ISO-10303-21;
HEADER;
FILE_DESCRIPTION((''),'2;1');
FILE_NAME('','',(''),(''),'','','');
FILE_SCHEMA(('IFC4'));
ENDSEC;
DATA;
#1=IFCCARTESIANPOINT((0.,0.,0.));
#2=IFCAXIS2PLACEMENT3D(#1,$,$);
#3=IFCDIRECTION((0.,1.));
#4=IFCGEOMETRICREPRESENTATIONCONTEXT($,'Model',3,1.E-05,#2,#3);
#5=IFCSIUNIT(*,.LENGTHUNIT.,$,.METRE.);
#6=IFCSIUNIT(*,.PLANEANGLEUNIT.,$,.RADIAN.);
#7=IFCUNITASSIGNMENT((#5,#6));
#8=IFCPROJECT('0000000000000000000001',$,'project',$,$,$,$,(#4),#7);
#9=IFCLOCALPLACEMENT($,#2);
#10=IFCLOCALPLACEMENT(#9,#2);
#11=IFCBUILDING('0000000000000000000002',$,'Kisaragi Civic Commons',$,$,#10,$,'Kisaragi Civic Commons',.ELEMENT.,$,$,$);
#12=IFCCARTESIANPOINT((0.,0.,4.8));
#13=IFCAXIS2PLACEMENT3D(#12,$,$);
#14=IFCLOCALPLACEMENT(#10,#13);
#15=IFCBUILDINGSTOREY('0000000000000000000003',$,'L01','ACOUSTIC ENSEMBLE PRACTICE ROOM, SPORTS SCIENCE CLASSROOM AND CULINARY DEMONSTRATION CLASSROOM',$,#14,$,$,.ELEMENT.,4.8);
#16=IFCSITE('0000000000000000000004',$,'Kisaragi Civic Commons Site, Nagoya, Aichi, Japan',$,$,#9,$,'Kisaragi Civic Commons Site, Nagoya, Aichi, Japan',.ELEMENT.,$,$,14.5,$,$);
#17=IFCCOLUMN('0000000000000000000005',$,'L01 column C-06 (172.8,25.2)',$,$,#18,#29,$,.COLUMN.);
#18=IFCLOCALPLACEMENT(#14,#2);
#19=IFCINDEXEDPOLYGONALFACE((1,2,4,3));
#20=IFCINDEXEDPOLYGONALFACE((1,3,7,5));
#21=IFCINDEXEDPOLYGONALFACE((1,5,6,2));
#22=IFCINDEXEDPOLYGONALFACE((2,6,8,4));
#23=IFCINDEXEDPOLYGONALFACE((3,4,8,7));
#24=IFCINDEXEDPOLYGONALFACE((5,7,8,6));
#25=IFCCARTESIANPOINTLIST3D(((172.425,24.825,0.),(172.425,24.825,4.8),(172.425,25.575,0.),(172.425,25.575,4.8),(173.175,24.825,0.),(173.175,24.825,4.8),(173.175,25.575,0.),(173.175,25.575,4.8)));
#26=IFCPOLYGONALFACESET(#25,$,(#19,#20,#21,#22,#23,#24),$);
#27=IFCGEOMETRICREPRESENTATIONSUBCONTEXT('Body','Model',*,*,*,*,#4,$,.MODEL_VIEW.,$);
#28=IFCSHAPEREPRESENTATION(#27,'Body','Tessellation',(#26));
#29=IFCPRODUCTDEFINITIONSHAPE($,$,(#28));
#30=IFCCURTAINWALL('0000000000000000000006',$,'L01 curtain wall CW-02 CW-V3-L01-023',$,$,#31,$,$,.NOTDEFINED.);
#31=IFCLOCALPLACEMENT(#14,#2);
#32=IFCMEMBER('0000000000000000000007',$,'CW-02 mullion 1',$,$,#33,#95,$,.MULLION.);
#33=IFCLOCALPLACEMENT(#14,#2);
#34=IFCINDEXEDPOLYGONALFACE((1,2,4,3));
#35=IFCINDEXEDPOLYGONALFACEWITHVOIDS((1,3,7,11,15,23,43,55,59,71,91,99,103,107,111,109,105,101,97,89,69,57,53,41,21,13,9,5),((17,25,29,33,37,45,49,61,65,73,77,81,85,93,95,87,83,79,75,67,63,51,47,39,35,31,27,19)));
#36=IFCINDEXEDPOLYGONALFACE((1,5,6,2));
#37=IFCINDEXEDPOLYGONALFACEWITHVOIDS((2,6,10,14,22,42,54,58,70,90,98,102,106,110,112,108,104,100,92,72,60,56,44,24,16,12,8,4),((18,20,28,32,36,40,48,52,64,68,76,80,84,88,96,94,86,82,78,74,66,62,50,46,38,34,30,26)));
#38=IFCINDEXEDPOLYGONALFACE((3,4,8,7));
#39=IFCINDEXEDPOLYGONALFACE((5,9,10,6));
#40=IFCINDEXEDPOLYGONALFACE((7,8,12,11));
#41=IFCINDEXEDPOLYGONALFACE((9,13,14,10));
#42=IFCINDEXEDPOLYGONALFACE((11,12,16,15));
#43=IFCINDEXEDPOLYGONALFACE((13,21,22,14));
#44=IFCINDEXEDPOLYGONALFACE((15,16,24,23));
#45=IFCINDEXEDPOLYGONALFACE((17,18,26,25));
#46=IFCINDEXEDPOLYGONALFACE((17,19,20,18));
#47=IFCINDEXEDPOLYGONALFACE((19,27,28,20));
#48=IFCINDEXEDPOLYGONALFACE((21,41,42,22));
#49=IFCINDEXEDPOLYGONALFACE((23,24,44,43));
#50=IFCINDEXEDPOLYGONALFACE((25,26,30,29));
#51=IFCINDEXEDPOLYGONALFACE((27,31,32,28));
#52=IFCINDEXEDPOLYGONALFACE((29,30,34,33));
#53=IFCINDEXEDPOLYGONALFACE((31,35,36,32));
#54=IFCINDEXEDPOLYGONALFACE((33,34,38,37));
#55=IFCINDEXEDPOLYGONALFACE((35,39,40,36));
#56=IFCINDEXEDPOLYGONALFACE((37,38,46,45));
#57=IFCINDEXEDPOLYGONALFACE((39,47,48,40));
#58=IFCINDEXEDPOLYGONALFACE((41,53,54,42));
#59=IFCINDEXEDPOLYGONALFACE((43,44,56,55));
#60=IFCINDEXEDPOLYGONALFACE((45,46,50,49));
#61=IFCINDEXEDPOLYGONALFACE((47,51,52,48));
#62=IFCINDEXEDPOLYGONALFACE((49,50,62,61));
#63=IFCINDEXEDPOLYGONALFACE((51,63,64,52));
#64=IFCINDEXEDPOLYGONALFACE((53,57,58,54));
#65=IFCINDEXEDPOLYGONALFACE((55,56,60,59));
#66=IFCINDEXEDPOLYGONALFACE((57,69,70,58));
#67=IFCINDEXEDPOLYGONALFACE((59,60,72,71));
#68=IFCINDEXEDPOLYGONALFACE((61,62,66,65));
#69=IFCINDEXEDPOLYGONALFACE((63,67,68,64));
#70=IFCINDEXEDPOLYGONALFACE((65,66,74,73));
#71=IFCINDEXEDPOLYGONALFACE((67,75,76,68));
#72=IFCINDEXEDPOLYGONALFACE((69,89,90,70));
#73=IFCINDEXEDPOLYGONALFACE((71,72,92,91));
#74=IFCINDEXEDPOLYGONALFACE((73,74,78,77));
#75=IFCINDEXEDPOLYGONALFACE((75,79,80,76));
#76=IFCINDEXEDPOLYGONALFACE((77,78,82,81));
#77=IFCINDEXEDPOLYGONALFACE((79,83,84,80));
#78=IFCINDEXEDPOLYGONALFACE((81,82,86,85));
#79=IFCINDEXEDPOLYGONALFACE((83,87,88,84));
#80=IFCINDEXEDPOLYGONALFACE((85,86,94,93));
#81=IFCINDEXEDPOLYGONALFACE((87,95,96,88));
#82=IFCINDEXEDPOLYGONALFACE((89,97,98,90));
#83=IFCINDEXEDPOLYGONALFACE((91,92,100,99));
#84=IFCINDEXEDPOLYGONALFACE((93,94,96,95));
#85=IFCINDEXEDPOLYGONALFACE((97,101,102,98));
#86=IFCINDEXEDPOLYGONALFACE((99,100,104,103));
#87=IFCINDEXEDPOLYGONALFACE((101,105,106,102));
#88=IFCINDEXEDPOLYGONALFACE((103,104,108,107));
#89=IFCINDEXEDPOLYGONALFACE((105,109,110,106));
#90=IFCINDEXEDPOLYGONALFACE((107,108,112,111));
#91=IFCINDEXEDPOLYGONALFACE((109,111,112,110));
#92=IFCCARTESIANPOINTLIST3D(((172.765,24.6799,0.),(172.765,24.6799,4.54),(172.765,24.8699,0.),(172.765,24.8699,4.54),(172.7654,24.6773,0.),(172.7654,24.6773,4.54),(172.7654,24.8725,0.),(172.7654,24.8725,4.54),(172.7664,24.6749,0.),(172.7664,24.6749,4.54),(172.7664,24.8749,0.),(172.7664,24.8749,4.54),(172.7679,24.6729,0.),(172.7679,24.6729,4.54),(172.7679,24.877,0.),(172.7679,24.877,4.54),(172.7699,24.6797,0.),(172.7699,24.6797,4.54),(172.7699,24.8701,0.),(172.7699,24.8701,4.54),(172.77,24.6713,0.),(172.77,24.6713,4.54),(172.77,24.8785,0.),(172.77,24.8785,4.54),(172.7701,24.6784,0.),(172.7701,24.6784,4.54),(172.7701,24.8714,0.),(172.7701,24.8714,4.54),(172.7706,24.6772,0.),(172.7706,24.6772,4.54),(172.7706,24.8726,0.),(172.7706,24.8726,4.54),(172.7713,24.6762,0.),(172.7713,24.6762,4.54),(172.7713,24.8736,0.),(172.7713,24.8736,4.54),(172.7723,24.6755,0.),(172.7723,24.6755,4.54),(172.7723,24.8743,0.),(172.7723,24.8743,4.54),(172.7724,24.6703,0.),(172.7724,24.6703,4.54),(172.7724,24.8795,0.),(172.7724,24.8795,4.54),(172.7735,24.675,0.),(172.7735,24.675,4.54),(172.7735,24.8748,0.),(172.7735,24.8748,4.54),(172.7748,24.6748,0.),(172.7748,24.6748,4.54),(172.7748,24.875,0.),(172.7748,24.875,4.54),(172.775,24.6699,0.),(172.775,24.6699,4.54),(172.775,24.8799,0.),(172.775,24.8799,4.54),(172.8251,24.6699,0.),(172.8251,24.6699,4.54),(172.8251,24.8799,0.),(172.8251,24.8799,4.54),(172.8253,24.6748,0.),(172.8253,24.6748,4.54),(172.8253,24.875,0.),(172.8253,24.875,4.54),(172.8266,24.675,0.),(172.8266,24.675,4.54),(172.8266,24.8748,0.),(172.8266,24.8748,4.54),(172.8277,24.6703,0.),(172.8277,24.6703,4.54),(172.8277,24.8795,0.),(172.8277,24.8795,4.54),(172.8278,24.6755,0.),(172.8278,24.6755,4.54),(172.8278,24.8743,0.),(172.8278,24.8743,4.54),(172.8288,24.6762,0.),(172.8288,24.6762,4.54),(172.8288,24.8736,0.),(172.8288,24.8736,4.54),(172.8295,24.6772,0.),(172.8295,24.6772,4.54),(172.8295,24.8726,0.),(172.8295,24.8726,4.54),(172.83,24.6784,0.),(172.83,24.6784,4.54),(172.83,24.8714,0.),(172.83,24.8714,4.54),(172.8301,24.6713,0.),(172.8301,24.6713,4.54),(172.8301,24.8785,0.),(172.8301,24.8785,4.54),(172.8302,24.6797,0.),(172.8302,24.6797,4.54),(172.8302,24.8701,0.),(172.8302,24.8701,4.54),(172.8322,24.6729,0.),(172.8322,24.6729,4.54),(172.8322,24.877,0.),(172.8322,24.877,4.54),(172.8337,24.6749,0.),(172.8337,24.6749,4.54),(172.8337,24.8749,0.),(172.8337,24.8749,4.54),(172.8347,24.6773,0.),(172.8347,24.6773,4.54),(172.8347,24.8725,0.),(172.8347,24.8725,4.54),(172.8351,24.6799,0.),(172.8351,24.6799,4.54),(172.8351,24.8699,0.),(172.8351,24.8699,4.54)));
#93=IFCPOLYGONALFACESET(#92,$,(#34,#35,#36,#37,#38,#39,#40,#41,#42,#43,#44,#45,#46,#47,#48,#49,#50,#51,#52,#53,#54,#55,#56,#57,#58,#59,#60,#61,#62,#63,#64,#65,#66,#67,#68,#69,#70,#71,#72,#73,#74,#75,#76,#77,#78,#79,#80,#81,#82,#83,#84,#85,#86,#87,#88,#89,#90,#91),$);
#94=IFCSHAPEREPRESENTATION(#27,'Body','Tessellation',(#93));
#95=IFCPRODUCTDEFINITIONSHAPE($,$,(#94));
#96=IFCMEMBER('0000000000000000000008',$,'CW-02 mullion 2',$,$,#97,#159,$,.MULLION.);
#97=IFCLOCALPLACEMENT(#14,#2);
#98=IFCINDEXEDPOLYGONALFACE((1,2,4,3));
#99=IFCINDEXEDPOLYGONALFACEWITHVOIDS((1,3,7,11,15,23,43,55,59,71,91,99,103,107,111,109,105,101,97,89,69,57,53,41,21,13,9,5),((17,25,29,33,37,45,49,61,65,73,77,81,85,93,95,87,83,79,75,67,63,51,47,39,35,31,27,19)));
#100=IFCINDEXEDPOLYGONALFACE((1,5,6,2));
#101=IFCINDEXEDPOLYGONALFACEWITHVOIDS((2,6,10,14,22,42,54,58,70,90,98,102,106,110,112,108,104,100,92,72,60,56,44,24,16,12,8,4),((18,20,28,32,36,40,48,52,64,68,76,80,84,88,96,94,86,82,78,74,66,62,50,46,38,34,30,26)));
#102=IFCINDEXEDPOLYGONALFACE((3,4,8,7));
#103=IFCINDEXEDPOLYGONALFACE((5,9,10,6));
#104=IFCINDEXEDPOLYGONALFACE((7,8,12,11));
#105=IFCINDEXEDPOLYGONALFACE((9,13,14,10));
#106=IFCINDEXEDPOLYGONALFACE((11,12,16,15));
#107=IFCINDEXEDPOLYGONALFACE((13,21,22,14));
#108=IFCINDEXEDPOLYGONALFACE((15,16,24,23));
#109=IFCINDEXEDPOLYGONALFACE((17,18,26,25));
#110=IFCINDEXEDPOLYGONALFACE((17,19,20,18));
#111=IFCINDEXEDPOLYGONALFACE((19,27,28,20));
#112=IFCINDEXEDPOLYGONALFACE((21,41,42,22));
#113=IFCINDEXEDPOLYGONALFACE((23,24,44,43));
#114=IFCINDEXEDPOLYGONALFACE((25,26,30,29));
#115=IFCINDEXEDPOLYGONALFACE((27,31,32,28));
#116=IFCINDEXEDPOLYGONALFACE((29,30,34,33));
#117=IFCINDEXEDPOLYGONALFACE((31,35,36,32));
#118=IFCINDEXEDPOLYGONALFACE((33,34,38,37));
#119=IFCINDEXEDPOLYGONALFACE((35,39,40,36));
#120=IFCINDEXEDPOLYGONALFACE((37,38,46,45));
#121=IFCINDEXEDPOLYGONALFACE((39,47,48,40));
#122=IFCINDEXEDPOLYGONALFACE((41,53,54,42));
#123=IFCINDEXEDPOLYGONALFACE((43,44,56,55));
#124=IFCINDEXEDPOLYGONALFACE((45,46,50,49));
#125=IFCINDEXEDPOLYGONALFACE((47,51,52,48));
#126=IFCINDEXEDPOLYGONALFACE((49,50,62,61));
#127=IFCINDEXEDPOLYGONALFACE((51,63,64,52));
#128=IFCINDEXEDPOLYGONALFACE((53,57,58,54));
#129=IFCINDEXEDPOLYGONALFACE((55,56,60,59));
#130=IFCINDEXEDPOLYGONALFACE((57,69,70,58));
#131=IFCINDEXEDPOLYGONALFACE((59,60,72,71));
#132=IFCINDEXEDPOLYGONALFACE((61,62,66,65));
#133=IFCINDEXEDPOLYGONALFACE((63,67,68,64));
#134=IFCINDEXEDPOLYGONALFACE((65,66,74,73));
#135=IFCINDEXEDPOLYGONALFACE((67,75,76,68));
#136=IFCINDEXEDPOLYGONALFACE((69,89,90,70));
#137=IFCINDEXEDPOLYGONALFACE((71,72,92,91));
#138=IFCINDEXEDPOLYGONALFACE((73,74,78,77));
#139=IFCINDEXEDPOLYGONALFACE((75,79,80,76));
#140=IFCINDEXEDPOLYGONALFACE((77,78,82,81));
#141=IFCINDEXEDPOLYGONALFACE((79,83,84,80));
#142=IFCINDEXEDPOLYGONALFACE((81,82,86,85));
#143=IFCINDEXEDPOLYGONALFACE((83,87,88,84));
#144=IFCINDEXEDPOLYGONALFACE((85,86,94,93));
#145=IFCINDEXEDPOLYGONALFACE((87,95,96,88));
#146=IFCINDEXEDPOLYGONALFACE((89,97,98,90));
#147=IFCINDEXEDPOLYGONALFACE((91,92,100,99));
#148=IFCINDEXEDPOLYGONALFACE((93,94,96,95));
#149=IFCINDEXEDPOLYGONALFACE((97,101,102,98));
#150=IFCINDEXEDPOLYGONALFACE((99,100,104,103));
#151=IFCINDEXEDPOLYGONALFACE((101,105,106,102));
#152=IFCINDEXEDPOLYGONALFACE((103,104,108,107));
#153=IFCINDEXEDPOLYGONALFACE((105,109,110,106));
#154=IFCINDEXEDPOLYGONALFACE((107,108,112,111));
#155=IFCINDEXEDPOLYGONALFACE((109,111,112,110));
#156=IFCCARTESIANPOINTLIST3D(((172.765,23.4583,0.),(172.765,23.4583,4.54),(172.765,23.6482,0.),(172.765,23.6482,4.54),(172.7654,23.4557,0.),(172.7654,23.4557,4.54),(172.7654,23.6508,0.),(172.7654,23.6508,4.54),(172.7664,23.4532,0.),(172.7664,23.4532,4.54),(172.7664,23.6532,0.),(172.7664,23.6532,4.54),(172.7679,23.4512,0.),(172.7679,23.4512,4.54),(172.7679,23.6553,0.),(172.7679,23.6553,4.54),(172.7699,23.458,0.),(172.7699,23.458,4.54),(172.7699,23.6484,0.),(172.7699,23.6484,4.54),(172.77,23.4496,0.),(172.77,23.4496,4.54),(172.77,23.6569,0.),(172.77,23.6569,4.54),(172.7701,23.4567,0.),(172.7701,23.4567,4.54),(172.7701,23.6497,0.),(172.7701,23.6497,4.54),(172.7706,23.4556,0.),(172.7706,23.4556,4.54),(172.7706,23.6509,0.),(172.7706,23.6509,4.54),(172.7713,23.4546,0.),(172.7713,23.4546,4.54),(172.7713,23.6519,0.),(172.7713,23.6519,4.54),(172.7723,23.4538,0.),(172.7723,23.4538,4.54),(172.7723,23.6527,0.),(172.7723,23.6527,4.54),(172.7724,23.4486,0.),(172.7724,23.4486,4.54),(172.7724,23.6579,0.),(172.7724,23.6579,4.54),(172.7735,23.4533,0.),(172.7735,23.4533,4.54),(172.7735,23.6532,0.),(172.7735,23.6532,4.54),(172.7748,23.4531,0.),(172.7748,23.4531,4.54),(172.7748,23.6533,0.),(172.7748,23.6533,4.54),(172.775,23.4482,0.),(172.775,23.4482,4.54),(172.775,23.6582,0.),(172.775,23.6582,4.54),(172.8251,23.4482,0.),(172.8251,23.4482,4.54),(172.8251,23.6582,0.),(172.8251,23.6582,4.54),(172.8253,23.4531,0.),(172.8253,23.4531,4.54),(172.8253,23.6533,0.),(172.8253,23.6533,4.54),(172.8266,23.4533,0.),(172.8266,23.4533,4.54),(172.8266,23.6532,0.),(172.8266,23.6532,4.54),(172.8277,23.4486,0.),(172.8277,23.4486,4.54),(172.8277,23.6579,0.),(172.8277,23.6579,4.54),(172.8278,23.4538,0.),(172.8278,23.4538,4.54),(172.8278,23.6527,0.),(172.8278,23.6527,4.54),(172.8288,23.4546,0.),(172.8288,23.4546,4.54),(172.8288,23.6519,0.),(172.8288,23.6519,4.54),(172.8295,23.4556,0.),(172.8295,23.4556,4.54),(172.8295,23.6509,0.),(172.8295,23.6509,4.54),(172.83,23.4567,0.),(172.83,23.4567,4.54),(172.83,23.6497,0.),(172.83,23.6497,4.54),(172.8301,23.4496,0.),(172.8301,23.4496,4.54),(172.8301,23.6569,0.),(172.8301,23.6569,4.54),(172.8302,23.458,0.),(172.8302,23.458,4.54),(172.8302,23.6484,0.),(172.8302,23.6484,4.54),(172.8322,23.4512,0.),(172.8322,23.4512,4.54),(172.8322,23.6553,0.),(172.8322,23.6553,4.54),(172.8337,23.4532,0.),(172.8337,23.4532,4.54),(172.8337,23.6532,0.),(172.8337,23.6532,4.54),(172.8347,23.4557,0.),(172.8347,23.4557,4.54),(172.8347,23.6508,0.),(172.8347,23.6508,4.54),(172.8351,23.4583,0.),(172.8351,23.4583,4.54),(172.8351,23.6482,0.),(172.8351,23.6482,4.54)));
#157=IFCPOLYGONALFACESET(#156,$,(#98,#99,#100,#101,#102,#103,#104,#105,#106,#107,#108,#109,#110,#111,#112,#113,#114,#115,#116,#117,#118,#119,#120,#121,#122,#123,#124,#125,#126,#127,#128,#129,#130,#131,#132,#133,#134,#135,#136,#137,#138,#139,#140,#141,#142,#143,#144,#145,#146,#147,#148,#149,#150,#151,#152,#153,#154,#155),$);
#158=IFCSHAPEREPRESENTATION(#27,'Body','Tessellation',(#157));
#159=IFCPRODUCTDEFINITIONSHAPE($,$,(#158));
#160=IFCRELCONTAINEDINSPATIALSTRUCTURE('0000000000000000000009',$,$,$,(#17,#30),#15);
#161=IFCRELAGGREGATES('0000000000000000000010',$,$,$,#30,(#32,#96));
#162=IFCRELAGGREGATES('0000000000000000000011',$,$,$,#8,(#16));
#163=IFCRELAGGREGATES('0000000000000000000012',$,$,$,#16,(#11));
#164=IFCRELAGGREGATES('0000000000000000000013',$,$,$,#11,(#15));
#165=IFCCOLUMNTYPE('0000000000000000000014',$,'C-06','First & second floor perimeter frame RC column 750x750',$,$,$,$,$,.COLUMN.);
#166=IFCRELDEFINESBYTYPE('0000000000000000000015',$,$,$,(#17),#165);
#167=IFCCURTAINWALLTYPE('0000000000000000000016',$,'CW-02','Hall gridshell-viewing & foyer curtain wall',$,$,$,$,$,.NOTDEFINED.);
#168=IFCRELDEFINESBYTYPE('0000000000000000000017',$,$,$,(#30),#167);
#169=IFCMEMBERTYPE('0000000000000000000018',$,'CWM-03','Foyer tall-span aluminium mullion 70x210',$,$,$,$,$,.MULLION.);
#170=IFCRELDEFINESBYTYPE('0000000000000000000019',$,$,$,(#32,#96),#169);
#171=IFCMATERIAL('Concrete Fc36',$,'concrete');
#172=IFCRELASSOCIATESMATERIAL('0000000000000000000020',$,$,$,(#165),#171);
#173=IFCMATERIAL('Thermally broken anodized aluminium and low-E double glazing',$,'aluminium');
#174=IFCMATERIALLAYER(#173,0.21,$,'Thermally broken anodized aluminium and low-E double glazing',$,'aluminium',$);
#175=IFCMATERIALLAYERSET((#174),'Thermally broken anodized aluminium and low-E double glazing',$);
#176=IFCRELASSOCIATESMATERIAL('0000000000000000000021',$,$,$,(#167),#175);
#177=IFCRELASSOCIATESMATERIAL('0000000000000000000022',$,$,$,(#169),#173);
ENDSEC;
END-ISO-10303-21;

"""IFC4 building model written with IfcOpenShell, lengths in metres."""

from ifc_helpers import new_model, si_unit, direction, frame, origin, origin_2d, place, context, subcontext, project, spatial, rectangle, hollow_rectangle, extrude, material, layer, layer_set, material_profile, profile_set, type_object, element, aggregate, save


model = new_model("IFC4")

# Units and contexts
model_context = context("Model", 3, precision=1e-05, world=origin(), true_north=direction((0.0, 1.0)))
body_context = subcontext(model_context, "Body", "Model", "MODEL_VIEW")
ifc_project = project(units=[si_unit("LENGTHUNIT", "METRE"), si_unit("PLANEANGLEUNIT", "RADIAN")], contexts=[model_context])

# Site, building, storey
site_placement = place(None, origin())
site = spatial("IfcSite", under=ifc_project, at=site_placement, Name="Kisaragi Civic Commons Site, Nagoya, Aichi, Japan", LongName="Kisaragi Civic Commons Site, Nagoya, Aichi, Japan", CompositionType="ELEMENT", RefElevation=14.5)
building_placement = place(site_placement, origin())
building = spatial("IfcBuilding", under=site, at=building_placement, Name="Kisaragi Civic Commons", LongName="Kisaragi Civic Commons", CompositionType="ELEMENT")
storey_placement = place(building_placement, frame((0.0, 0.0, 4.8)))
storey = spatial("IfcBuildingStorey", under=building, at=storey_placement, Name="L01", Description="ACOUSTIC ENSEMBLE PRACTICE ROOM, SPORTS SCIENCE CLASSROOM AND CULINARY DEMONSTRATION CLASSROOM", CompositionType="ELEMENT", Elevation=4.8)

# Column
ifc_material_1 = material(Name="Concrete Fc36", Category="concrete")
ifc_material_profile_1 = material_profile(ifc_material_1, rectangle(XDim=0.75, YDim=0.75, at=origin_2d()), Name="RC-750x750", Category="concrete")
ifc_profile_set_1 = profile_set([ifc_material_profile_1], Name="Concrete Fc36")
column_type = type_object("IfcColumnType", Name="C-06", Description="First & second floor perimeter frame RC column 750x750", PredefinedType="COLUMN", material=ifc_profile_set_1)
column_placement = place(storey_placement, frame((172.8, 25.2, 0.0), z_axis=(0.0, 0.0, 1.0), x_axis=(1.0, 0.0, 0.0)))
element("IfcColumn", 1, at=column_placement, inside=storey, type_object=column_type, Name="L01 column C-06 (172.8,25.2)", PredefinedType="COLUMN", context=body_context, shape_type="SweptSolid", body=[
    extrude(rectangle(XDim=0.75, YDim=0.75, at=origin_2d()), origin(), (0.0, 0.0, 1.0), 4.8),
])

# Curtain wall, members
ifc_material_2 = material(Name="Thermally broken anodized aluminium and low-E double glazing", Category="aluminium")
ifc_layer_1 = layer(ifc_material_2, 0.21, Name="Thermally broken anodized aluminium and low-E double glazing", Category="aluminium")
ifc_layer_set_1 = layer_set([ifc_layer_1], Name="Thermally broken anodized aluminium and low-E double glazing")
curtain_wall_type = type_object("IfcCurtainWallType", Name="CW-02", Description="Hall gridshell-viewing & foyer curtain wall", PredefinedType="NOTDEFINED", material=ifc_layer_set_1)
curtain_wall_placement = place(storey_placement, origin())
curtain_wall = element("IfcCurtainWall", 2, at=curtain_wall_placement, inside=storey, type_object=curtain_wall_type, Name="L01 curtain wall CW-02 CW-V3-L01-023", PredefinedType="NOTDEFINED")
ifc_material_profile_2 = material_profile(ifc_material_2, hollow_rectangle(XDim=0.0701, YDim=0.21, WallThickness=0.0049, InnerFilletRadius=0.0049, OuterFilletRadius=0.01, at=origin_2d()), Name="CWM-70x210x5", Category="aluminium")
ifc_profile_set_2 = profile_set([ifc_material_profile_2], Name="Thermally broken anodized aluminium and low-E double glazing")
member_type_1 = type_object("IfcMemberType", Name="CWM-03", Description="Foyer tall-span aluminium mullion 70x210", PredefinedType="MULLION", material=ifc_profile_set_2)
member_1_placement = place(storey_placement, frame((172.8, 24.7749, 0.0), z_axis=(0.0, 0.0, 1.0), x_axis=(1.0, 0.0, 0.0)))
member_1 = element("IfcMember", 3, at=member_1_placement, type_object=member_type_1, Name="CW-02 mullion 1", PredefinedType="MULLION", context=body_context, shape_type="SweptSolid", body=[
    extrude(hollow_rectangle(XDim=0.0701, YDim=0.21, WallThickness=0.0049, InnerFilletRadius=0.0049, OuterFilletRadius=0.01, at=origin_2d()), origin(), (0.0, 0.0, 1.0), 4.54),
])
member_2_placement = place(storey_placement, frame((172.8, 23.5532, 0.0), z_axis=(0.0, 0.0, 1.0), x_axis=(1.0, 0.0, 0.0)))
member_2 = element("IfcMember", 4, at=member_2_placement, type_object=member_type_1, Name="CW-02 mullion 2", PredefinedType="MULLION", context=body_context, shape_type="SweptSolid", body=[
    extrude(hollow_rectangle(XDim=0.0701, YDim=0.21, WallThickness=0.0049, InnerFilletRadius=0.0049, OuterFilletRadius=0.01, at=origin_2d()), origin(), (0.0, 0.0, 1.0), 4.54),
])
aggregate(curtain_wall, [member_1, member_2])

save(model, "model.ifc")
